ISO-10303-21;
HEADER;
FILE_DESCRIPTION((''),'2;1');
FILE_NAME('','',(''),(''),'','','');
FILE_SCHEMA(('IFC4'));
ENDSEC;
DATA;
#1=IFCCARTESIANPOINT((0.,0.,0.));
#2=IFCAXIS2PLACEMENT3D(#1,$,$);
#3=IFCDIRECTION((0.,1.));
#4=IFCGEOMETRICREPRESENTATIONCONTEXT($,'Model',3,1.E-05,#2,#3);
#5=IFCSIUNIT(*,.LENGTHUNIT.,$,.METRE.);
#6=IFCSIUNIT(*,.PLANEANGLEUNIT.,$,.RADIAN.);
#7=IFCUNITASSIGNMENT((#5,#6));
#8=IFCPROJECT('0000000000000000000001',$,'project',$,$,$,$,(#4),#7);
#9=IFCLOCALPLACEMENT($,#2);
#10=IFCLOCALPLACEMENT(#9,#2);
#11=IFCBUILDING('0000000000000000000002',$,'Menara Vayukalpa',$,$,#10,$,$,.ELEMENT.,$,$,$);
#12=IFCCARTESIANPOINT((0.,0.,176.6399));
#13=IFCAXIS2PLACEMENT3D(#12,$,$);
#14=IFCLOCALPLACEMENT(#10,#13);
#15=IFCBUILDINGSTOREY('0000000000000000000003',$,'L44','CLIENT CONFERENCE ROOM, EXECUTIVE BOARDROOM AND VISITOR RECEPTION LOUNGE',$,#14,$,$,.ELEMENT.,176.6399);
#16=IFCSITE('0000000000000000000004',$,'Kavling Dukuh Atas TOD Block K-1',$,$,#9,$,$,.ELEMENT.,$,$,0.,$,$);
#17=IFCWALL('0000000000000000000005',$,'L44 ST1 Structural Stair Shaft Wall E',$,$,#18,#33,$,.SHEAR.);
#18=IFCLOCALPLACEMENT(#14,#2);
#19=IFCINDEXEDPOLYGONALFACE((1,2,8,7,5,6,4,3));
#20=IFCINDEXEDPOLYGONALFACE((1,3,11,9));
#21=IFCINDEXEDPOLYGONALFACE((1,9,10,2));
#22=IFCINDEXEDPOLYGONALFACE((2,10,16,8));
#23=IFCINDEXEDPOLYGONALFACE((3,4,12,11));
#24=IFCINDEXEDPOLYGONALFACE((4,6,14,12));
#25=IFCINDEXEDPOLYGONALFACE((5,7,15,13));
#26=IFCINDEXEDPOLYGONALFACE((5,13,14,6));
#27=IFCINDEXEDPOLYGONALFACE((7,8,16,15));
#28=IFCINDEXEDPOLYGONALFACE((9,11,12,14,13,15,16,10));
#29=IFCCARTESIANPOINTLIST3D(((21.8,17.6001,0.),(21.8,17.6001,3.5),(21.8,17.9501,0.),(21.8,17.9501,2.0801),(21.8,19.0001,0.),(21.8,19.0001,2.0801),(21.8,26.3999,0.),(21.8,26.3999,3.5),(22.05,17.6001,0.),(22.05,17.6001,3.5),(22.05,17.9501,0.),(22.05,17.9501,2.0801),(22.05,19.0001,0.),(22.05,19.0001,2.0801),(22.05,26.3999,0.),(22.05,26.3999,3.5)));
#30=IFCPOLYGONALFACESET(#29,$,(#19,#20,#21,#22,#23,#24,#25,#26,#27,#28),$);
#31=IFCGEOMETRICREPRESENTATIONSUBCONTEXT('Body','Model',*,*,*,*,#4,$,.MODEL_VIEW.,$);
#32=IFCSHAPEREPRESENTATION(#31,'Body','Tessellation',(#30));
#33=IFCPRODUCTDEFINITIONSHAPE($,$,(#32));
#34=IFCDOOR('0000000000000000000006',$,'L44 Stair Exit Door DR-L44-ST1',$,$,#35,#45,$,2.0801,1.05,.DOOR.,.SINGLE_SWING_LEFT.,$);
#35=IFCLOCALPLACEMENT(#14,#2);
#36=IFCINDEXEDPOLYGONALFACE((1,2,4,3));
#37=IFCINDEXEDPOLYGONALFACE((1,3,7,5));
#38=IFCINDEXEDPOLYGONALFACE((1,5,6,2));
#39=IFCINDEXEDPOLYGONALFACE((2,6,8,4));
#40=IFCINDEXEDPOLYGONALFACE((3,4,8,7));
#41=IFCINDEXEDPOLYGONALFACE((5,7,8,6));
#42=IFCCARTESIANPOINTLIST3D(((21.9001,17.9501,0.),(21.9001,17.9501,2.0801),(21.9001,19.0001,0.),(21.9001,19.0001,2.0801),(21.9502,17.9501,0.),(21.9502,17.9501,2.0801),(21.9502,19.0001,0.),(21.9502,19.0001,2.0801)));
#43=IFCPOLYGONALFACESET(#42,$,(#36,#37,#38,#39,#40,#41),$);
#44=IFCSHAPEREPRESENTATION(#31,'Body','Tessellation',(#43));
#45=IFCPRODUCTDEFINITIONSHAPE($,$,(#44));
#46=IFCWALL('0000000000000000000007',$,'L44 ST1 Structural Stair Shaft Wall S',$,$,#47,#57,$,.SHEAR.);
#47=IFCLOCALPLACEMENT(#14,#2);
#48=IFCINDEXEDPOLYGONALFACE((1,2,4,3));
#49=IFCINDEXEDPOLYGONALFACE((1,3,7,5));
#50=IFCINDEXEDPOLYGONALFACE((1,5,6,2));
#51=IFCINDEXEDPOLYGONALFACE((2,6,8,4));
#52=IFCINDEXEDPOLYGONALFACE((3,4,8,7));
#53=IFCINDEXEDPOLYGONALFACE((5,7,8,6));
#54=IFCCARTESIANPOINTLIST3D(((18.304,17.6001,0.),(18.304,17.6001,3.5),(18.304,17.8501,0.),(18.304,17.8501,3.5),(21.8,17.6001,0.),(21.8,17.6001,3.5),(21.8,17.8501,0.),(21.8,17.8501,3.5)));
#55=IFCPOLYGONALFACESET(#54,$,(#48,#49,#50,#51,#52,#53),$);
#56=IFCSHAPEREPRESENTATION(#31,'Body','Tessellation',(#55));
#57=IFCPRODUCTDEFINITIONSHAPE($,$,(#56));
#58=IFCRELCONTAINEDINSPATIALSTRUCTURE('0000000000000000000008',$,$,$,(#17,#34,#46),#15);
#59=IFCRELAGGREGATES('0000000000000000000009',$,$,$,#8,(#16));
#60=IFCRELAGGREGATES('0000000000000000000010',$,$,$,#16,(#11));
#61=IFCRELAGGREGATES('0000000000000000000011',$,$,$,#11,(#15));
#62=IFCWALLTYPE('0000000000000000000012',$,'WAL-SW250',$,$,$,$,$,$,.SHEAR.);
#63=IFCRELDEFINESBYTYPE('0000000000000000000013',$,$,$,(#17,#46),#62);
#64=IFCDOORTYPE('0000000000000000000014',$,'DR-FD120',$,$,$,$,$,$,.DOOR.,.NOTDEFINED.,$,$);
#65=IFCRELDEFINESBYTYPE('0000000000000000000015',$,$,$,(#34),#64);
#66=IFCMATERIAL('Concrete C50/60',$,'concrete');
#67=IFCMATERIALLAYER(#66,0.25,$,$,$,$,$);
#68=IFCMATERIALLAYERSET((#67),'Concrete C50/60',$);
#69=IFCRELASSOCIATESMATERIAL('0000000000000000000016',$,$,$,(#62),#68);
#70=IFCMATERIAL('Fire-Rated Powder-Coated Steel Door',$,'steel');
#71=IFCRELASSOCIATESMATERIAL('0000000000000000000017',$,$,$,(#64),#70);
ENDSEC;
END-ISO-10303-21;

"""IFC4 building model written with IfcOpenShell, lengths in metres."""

from ifc_helpers import new_model, si_unit, direction, frame, frame_2d, origin, place, context, subcontext, project, spatial, rectangle, extrude, material, layer, layer_set, type_object, element, fill, save


model = new_model("IFC4")

# Units and contexts
model_context = context("Model", 3, precision=1e-05, world=origin(), true_north=direction((0.0, 1.0)))
body_context = subcontext(model_context, "Body", "Model", "MODEL_VIEW")
ifc_project = project(units=[si_unit("LENGTHUNIT", "METRE"), si_unit("PLANEANGLEUNIT", "RADIAN")], contexts=[model_context])

# Site, building, storey
site_placement = place(None, origin())
site = spatial("IfcSite", under=ifc_project, at=site_placement, Name="Kavling Dukuh Atas TOD Block K-1", CompositionType="ELEMENT", RefElevation=0.0)
building_placement = place(site_placement, origin())
building = spatial("IfcBuilding", under=site, at=building_placement, Name="Menara Vayukalpa", CompositionType="ELEMENT")
storey_placement = place(building_placement, frame((0.0, 0.0, 176.6399)))
storey = spatial("IfcBuildingStorey", under=building, at=storey_placement, Name="L44", Description="CLIENT CONFERENCE ROOM, EXECUTIVE BOARDROOM AND VISITOR RECEPTION LOUNGE", CompositionType="ELEMENT", Elevation=176.6399)

# Shared definitions
ifc_material_1 = material(Name="Concrete C50/60", Category="concrete")
ifc_layer_1 = layer(ifc_material_1, 0.25)
ifc_layer_set_1 = layer_set([ifc_layer_1], Name="Concrete C50/60")
wall_type_1 = type_object("IfcWallType", Name="WAL-SW250", PredefinedType="SHEAR", material=ifc_layer_set_1)

# Wall, opening, door
wall_1_placement = place(storey_placement, frame((21.925, 17.6001, 0.0), z_axis=(0.0, 0.0, 1.0), x_axis=(0.0, 1.0, 0.0)))
wall_1 = element("IfcWall", 1, at=wall_1_placement, inside=storey, type_object=wall_type_1, Name="L44 ST1 Structural Stair Shaft Wall E", PredefinedType="SHEAR", context=body_context, shape_type="SweptSolid", body=[
    extrude(rectangle(XDim=8.7998, YDim=0.25, at=frame_2d((4.3999, 0.0))), origin(), (0.0, 0.0, 1.0), 3.5),
])
opening_1_placement = place(wall_1_placement, frame((0.3501, 0.0, 0.0)))
opening_1 = element("IfcOpeningElement", 2, at=opening_1_placement, cuts=wall_1, PredefinedType="OPENING", context=body_context, shape_type="SweptSolid", body=[
    extrude(rectangle(XDim=1.05, YDim=2.0801, at=frame_2d((0.5249, 1.04))), frame((0.0, 0.135, 0.0), z_axis=(0.0, -1.0, 0.0), x_axis=(1.0, 0.0, 0.0)), (0.0, 0.0, 1.0), 0.27),
])
ifc_material_2 = material(Name="Fire-Rated Powder-Coated Steel Door", Category="steel")
door_type_1 = type_object("IfcDoorType", Name="DR-FD120", OperationType="NOTDEFINED", PredefinedType="DOOR", material=ifc_material_2)
door_1_placement = place(opening_1_placement, origin())
door_1 = element("IfcDoor", 3, at=door_1_placement, inside=storey, type_object=door_type_1, Name="L44 Stair Exit Door DR-L44-ST1", OperationType="SINGLE_SWING_LEFT", OverallHeight=2.0801, OverallWidth=1.05, PredefinedType="DOOR", context=body_context, shape_type="SweptSolid", body=[
    extrude(rectangle(XDim=1.05, YDim=2.0801, at=frame_2d((0.5249, 1.04))), frame((0.0, 0.0249, 0.0), z_axis=(0.0, -1.0, 0.0), x_axis=(1.0, 0.0, 0.0)), (0.0, 0.0, 1.0), 0.05),
])
fill(opening_1, door_1)

# Wall
wall_2_placement = place(storey_placement, frame((18.304, 17.7251, 0.0), z_axis=(0.0, 0.0, 1.0), x_axis=(1.0, 0.0, 0.0)))
element("IfcWall", 4, at=wall_2_placement, inside=storey, type_object=wall_type_1, Name="L44 ST1 Structural Stair Shaft Wall S", PredefinedType="SHEAR", context=body_context, shape_type="SweptSolid", body=[
    extrude(rectangle(XDim=3.4961, YDim=0.25, at=frame_2d((1.748, 0.0))), origin(), (0.0, 0.0, 1.0), 3.5),
])

save(model, "model.ifc")
